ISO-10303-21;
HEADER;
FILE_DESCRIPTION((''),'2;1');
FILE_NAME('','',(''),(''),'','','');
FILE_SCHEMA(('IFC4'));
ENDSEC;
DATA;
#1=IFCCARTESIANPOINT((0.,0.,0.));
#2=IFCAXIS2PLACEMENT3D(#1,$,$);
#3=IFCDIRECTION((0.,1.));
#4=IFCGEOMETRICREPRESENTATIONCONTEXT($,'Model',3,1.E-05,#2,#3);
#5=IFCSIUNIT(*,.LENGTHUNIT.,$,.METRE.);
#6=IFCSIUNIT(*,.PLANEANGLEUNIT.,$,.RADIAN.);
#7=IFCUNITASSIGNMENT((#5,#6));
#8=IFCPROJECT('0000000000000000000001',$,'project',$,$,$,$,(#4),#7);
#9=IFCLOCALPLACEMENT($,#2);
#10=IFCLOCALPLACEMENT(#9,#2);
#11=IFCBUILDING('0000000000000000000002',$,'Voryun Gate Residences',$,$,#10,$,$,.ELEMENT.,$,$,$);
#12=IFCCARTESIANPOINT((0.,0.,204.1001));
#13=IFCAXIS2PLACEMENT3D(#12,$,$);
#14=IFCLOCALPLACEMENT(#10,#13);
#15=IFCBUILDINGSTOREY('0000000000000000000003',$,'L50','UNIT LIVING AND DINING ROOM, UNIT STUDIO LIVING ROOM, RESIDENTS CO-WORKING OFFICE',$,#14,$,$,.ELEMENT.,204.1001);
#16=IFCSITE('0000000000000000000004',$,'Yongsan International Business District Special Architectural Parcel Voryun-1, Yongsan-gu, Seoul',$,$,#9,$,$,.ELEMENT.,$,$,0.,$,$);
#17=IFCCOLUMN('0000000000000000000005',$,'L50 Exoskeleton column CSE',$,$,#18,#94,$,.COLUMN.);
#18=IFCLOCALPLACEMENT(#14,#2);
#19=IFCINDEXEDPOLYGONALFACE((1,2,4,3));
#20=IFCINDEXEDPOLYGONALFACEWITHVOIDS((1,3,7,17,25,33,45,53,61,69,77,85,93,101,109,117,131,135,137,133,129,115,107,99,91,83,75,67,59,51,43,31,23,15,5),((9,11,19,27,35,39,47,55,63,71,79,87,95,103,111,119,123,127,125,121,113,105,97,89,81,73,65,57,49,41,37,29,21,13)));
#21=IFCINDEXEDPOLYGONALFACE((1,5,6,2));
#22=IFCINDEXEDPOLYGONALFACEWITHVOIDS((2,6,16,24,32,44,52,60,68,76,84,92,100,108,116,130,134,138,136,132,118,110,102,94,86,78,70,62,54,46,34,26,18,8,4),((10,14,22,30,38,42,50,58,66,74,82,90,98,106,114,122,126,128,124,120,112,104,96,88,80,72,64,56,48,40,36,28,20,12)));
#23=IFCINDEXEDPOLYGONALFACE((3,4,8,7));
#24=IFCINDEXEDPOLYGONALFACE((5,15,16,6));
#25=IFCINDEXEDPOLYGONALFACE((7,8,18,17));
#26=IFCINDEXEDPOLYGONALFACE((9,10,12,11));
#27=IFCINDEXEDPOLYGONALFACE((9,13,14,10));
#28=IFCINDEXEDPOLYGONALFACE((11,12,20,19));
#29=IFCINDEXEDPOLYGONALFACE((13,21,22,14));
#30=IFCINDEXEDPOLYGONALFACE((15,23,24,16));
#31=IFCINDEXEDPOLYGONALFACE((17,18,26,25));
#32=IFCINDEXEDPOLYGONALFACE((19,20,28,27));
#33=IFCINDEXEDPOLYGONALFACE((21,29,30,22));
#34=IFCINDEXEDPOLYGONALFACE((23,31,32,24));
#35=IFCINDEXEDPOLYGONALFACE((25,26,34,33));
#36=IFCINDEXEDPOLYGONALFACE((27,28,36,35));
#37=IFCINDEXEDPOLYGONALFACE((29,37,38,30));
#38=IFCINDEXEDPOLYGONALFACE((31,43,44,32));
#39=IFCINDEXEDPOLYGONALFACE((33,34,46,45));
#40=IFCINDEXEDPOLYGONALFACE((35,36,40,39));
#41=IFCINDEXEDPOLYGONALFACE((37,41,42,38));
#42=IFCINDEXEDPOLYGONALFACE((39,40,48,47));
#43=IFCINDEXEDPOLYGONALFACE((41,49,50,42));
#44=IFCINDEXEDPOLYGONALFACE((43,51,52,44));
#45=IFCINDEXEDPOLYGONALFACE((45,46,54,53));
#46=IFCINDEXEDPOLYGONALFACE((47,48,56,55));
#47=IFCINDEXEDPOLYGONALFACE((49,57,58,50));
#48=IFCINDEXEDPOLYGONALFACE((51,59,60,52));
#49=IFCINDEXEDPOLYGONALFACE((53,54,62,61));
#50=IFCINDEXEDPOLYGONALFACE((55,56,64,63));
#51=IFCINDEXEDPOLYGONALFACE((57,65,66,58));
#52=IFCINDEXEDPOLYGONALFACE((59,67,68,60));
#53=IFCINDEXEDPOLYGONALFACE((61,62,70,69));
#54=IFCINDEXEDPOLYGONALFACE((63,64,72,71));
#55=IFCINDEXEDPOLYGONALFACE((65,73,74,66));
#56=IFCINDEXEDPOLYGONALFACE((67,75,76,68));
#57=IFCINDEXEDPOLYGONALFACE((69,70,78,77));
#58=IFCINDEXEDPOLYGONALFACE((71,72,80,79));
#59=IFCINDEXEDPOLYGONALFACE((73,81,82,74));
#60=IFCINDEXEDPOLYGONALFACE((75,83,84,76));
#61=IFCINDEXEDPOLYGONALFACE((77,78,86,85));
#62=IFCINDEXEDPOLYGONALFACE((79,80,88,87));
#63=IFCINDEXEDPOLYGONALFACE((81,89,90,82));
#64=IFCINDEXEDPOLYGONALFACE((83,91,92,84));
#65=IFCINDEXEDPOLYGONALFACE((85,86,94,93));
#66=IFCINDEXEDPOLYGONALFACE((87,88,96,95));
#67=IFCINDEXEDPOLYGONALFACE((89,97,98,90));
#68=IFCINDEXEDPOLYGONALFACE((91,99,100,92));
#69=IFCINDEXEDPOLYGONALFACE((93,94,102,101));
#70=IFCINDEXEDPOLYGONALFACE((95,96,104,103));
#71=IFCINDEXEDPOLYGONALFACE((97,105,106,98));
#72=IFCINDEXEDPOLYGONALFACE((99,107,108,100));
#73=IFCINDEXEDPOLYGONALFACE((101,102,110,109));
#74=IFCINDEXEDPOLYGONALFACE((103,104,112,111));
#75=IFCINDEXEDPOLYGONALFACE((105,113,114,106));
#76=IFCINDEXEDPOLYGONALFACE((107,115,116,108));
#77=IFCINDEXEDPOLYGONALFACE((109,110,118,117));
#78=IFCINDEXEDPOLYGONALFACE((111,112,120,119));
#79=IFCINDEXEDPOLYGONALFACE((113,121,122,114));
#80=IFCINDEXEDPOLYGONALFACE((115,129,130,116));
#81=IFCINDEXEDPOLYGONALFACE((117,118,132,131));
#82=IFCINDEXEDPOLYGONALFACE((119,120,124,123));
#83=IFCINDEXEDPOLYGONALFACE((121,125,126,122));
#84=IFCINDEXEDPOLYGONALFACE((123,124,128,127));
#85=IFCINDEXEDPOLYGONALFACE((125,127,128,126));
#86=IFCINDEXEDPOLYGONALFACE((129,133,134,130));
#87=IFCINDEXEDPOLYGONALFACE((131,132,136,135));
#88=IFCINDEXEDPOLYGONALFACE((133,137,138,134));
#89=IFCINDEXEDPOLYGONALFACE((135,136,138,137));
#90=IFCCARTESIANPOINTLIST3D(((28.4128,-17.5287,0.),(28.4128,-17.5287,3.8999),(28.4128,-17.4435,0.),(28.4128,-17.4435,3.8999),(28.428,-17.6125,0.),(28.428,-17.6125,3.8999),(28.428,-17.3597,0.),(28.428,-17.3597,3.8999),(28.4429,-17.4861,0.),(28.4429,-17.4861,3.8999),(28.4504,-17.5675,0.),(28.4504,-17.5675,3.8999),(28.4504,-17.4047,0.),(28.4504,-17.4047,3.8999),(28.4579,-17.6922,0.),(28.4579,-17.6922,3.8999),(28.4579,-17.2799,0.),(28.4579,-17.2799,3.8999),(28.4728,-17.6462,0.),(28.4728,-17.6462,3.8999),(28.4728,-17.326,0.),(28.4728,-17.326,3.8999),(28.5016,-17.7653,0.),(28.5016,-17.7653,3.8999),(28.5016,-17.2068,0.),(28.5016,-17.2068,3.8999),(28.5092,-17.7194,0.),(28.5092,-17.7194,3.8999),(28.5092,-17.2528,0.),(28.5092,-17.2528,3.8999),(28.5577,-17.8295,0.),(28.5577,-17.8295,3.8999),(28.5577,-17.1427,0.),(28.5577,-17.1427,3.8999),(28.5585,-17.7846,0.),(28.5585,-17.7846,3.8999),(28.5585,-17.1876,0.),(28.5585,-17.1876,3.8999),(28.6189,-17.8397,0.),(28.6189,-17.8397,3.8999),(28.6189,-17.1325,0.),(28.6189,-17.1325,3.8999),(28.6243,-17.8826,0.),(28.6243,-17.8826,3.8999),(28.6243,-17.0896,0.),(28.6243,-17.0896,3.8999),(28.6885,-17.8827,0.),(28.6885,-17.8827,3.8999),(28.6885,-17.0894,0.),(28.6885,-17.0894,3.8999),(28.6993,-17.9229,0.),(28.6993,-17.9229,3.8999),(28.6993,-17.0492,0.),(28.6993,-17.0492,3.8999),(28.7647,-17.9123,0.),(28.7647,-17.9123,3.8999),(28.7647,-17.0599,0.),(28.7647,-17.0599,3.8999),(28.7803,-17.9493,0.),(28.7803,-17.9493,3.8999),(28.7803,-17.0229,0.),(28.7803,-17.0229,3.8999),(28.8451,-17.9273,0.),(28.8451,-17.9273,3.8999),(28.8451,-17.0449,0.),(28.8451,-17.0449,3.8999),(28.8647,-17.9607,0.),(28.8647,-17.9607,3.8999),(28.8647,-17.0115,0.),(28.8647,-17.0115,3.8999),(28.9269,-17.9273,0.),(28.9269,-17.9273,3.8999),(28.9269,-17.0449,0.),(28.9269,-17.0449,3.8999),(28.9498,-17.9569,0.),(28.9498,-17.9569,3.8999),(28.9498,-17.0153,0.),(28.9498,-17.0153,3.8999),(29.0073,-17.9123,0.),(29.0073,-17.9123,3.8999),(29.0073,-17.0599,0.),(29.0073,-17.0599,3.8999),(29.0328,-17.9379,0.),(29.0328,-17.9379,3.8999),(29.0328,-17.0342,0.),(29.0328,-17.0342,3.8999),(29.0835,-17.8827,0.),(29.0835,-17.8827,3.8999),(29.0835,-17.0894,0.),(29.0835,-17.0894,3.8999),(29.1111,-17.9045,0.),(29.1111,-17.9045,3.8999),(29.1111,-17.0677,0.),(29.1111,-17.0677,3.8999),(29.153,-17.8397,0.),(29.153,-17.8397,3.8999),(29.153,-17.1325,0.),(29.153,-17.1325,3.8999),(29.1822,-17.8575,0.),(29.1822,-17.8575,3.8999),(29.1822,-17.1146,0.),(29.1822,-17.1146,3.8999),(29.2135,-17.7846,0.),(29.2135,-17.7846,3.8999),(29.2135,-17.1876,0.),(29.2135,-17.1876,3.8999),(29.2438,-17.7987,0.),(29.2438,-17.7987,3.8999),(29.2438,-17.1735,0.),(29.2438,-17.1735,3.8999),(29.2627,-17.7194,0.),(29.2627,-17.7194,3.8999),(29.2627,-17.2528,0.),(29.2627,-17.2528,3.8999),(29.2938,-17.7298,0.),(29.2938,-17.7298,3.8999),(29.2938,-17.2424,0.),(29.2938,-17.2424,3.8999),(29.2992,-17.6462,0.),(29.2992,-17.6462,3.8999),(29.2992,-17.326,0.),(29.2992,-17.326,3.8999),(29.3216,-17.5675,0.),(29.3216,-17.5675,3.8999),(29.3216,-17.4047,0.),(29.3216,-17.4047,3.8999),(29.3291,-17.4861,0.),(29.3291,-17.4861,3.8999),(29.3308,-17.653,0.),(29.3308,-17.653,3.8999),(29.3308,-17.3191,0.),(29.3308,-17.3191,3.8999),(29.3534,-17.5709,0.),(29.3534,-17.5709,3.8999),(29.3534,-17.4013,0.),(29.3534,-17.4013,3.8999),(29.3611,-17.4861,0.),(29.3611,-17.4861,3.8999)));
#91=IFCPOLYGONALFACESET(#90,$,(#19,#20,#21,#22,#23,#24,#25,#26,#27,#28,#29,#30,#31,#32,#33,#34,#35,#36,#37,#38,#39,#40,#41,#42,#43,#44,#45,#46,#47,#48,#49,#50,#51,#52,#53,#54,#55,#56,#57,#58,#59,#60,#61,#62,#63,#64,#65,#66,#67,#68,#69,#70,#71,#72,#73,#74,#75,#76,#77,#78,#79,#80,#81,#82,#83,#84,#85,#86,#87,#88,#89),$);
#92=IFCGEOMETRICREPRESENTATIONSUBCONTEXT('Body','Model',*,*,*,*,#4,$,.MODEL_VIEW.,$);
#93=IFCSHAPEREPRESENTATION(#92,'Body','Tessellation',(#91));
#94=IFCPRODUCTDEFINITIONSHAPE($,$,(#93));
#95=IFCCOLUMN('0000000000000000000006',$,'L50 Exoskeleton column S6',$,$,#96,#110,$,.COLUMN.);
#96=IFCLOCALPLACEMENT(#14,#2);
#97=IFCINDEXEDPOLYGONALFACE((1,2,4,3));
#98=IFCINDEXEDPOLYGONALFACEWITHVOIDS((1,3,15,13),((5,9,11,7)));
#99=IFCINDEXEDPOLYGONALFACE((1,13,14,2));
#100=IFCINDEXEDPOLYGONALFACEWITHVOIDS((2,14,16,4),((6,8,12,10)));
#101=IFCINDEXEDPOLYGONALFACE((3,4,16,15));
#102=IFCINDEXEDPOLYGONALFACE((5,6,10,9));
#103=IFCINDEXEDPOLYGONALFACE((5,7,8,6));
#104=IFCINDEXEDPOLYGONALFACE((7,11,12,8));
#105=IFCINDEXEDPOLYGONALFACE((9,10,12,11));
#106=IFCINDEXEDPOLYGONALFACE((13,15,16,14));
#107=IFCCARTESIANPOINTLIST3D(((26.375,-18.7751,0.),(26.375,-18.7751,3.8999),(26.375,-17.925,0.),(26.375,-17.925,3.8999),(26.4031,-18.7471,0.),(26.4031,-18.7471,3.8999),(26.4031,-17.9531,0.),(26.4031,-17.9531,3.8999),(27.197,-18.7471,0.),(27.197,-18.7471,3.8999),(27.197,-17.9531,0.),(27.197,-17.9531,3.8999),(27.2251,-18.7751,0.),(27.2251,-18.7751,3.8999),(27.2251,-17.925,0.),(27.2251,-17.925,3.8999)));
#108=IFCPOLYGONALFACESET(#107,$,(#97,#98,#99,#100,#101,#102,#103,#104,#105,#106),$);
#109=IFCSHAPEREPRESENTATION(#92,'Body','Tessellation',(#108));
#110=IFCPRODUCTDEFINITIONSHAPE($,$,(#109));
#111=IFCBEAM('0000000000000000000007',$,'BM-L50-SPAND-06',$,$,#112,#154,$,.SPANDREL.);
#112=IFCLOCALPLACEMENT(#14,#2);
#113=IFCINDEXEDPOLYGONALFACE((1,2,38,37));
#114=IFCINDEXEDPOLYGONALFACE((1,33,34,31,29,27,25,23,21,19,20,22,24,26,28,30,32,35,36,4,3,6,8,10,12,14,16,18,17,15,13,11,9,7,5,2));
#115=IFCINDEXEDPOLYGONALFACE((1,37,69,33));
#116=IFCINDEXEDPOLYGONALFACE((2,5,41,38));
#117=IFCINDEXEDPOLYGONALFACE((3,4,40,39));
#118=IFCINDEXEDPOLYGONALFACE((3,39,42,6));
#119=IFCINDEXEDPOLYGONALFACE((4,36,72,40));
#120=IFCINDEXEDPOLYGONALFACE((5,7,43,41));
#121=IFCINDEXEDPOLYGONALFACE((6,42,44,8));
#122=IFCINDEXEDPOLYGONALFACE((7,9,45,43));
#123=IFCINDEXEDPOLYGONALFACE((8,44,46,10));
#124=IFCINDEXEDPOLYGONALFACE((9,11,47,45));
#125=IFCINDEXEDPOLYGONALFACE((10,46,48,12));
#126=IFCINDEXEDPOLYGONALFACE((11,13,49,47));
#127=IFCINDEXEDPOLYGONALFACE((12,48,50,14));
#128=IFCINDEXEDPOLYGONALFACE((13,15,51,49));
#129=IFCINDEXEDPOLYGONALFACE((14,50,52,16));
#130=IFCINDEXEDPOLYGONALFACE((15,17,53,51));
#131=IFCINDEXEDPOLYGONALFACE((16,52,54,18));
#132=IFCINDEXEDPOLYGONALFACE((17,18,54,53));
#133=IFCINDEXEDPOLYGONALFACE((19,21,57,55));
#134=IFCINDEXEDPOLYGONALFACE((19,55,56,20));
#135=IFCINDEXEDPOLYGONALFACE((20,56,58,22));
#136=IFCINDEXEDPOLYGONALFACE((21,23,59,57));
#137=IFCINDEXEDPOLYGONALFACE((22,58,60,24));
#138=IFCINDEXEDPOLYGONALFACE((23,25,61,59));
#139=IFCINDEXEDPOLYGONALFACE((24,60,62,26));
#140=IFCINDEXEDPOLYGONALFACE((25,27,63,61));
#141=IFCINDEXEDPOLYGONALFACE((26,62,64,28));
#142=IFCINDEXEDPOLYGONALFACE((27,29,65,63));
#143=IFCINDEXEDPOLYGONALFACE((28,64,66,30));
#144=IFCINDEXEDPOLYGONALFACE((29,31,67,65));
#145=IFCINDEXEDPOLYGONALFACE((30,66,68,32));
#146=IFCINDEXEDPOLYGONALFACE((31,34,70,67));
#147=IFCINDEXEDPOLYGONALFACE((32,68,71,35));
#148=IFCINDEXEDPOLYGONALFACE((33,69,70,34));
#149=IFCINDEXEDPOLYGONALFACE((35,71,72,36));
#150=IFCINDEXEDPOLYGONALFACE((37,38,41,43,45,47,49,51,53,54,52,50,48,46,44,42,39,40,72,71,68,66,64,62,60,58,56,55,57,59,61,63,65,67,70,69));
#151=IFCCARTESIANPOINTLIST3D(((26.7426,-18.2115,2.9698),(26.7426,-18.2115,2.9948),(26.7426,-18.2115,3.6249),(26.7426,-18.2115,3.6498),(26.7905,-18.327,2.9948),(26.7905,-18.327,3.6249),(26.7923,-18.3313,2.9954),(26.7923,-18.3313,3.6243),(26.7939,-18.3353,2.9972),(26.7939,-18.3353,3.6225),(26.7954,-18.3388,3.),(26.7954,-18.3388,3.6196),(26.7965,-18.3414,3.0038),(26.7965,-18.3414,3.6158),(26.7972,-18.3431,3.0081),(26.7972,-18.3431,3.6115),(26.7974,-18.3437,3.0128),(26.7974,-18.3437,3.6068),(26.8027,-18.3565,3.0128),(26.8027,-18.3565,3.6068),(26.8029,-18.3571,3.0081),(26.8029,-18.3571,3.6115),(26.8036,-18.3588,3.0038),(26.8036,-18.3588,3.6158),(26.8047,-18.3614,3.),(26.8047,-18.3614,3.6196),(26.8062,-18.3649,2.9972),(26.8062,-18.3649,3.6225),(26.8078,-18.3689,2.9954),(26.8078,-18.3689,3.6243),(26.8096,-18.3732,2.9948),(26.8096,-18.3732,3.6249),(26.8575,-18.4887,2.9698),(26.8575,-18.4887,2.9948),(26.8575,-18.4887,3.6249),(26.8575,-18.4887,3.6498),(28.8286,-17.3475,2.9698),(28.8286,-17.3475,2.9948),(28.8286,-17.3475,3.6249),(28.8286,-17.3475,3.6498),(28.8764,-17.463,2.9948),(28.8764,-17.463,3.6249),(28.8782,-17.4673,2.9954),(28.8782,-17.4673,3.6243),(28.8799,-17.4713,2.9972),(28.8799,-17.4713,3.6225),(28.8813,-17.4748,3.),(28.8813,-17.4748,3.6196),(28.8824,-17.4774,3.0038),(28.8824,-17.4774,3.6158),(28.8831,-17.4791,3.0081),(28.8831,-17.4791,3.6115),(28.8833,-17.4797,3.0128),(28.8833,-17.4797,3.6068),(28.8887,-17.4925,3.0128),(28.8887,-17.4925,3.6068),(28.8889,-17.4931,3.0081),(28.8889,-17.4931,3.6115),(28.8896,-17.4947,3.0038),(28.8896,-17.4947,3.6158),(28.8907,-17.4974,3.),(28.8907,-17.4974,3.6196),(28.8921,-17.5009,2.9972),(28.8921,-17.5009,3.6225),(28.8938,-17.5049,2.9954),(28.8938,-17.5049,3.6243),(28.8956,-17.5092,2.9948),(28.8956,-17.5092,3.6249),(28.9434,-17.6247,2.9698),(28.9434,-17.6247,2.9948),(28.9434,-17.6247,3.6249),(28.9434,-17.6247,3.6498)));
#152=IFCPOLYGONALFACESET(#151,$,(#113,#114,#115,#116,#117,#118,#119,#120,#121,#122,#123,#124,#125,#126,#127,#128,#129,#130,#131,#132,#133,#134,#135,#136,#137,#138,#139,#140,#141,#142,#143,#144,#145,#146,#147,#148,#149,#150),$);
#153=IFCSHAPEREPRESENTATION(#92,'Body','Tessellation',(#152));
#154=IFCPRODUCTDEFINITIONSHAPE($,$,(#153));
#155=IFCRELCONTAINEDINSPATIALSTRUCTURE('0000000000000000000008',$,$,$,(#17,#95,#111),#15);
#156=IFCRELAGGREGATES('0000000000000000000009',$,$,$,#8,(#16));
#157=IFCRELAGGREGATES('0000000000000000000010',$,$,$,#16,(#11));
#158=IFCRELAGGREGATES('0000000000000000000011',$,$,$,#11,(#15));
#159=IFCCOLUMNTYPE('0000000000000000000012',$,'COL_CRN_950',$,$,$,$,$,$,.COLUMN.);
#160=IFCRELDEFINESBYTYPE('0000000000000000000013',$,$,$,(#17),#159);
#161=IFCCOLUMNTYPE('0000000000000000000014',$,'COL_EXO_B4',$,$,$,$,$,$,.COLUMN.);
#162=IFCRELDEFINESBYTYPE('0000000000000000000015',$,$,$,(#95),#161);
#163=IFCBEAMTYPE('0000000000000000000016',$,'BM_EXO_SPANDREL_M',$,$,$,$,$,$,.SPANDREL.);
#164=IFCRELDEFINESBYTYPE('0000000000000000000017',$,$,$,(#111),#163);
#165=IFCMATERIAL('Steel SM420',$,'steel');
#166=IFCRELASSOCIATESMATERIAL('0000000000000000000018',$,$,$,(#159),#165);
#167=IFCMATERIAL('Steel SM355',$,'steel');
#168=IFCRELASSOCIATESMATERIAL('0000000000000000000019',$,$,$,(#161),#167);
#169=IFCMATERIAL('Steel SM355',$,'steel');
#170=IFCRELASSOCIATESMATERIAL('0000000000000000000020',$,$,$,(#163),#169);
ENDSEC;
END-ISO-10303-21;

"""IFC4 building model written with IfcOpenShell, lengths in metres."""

from ifc_helpers import new_model, si_unit, direction, frame, origin, origin_2d, place, context, subcontext, project, spatial, hollow_rectangle, hollow_circle, i_section, extrude, material, material_profile, profile_set, type_object, element, save


model = new_model("IFC4")

# Units and contexts
model_context = context("Model", 3, precision=1e-05, world=origin(), true_north=direction((0.0, 1.0)))
body_context = subcontext(model_context, "Body", "Model", "MODEL_VIEW")
ifc_project = project(units=[si_unit("LENGTHUNIT", "METRE"), si_unit("PLANEANGLEUNIT", "RADIAN")], contexts=[model_context])

# Site, building, storey
site_placement = place(None, origin())
site = spatial("IfcSite", under=ifc_project, at=site_placement, Name="Yongsan International Business District Special Architectural Parcel Voryun-1, Yongsan-gu, Seoul", CompositionType="ELEMENT", RefElevation=0.0)
building_placement = place(site_placement, origin())
building = spatial("IfcBuilding", under=site, at=building_placement, Name="Voryun Gate Residences", CompositionType="ELEMENT")
storey_placement = place(building_placement, frame((0.0, 0.0, 204.1001)))
storey = spatial("IfcBuildingStorey", under=building, at=storey_placement, Name="L50", Description="UNIT LIVING AND DINING ROOM, UNIT STUDIO LIVING ROOM, RESIDENTS CO-WORKING OFFICE", CompositionType="ELEMENT", Elevation=204.1001)

# Columns
ifc_material_1 = material(Name="Steel SM420", Category="steel")
ifc_material_profile_1 = material_profile(ifc_material_1, hollow_circle(Radius=0.4751, WallThickness=0.032, at=origin_2d()), Name="CHS-950x32")
ifc_profile_set_1 = profile_set([ifc_material_profile_1], Name="Steel SM420")
column_type_1 = type_object("IfcColumnType", Name="COL_CRN_950", PredefinedType="COLUMN", material=ifc_profile_set_1)
column_1_placement = place(storey_placement, frame((28.886, -17.4861, 0.0), z_axis=(0.0, 0.0, 1.0), x_axis=(1.0, 0.0, 0.0)))
element("IfcColumn", 1, at=column_1_placement, inside=storey, type_object=column_type_1, Name="L50 Exoskeleton column CSE", PredefinedType="COLUMN", context=body_context, shape_type="SweptSolid", body=[
    extrude(hollow_circle(Radius=0.4751, WallThickness=0.032, at=origin_2d()), origin(), (0.0, 0.0, 1.0), 3.8999),
])
ifc_material_2 = material(Name="Steel SM355", Category="steel")
ifc_material_profile_2 = material_profile(ifc_material_2, hollow_rectangle(XDim=0.8501, YDim=0.8501, WallThickness=0.0281, at=origin_2d()), Name="BOX-850x850x28")
ifc_profile_set_2 = profile_set([ifc_material_profile_2], Name="Steel SM355")
column_type_2 = type_object("IfcColumnType", Name="COL_EXO_B4", PredefinedType="COLUMN", material=ifc_profile_set_2)
column_2_placement = place(storey_placement, frame((26.8, -18.3501, 0.0), z_axis=(0.0, 0.0, 1.0), x_axis=(1.0, 0.0, 0.0)))
element("IfcColumn", 2, at=column_2_placement, inside=storey, type_object=column_type_2, Name="L50 Exoskeleton column S6", PredefinedType="COLUMN", context=body_context, shape_type="SweptSolid", body=[
    extrude(hollow_rectangle(XDim=0.8501, YDim=0.8501, WallThickness=0.0281, at=origin_2d()), origin(), (0.0, 0.0, 1.0), 3.8999),
])

# Beam
ifc_material_3 = material(Name="Steel SM355", Category="steel")
ifc_material_profile_3 = material_profile(ifc_material_3, i_section(OverallWidth=0.3, OverallDepth=0.6799, WebThickness=0.0139, FlangeThickness=0.0249, FilletRadius=0.0181, at=origin_2d()), Name="H-680x300x14x25")
ifc_profile_set_3 = profile_set([ifc_material_profile_3], Name="Steel SM355")
beam_type_1 = type_object("IfcBeamType", Name="BM_EXO_SPANDREL_M", PredefinedType="SPANDREL", material=ifc_profile_set_3)
beam_1_placement = place(storey_placement, frame((26.8, -18.3501, 3.3098), z_axis=(0.923881, 0.38268, 0.0), x_axis=(-0.38268, 0.923881, 0.0)))
element("IfcBeam", 3, at=beam_1_placement, inside=storey, type_object=beam_type_1, Name="BM-L50-SPAND-06", PredefinedType="SPANDREL", context=body_context, shape_type="SweptSolid", body=[
    extrude(i_section(OverallWidth=0.3, OverallDepth=0.6799, WebThickness=0.0139, FlangeThickness=0.0249, FilletRadius=0.0181, at=origin_2d()), origin(), (0.0, 0.0, 1.0), 2.2578),
])

save(model, "model.ifc")
